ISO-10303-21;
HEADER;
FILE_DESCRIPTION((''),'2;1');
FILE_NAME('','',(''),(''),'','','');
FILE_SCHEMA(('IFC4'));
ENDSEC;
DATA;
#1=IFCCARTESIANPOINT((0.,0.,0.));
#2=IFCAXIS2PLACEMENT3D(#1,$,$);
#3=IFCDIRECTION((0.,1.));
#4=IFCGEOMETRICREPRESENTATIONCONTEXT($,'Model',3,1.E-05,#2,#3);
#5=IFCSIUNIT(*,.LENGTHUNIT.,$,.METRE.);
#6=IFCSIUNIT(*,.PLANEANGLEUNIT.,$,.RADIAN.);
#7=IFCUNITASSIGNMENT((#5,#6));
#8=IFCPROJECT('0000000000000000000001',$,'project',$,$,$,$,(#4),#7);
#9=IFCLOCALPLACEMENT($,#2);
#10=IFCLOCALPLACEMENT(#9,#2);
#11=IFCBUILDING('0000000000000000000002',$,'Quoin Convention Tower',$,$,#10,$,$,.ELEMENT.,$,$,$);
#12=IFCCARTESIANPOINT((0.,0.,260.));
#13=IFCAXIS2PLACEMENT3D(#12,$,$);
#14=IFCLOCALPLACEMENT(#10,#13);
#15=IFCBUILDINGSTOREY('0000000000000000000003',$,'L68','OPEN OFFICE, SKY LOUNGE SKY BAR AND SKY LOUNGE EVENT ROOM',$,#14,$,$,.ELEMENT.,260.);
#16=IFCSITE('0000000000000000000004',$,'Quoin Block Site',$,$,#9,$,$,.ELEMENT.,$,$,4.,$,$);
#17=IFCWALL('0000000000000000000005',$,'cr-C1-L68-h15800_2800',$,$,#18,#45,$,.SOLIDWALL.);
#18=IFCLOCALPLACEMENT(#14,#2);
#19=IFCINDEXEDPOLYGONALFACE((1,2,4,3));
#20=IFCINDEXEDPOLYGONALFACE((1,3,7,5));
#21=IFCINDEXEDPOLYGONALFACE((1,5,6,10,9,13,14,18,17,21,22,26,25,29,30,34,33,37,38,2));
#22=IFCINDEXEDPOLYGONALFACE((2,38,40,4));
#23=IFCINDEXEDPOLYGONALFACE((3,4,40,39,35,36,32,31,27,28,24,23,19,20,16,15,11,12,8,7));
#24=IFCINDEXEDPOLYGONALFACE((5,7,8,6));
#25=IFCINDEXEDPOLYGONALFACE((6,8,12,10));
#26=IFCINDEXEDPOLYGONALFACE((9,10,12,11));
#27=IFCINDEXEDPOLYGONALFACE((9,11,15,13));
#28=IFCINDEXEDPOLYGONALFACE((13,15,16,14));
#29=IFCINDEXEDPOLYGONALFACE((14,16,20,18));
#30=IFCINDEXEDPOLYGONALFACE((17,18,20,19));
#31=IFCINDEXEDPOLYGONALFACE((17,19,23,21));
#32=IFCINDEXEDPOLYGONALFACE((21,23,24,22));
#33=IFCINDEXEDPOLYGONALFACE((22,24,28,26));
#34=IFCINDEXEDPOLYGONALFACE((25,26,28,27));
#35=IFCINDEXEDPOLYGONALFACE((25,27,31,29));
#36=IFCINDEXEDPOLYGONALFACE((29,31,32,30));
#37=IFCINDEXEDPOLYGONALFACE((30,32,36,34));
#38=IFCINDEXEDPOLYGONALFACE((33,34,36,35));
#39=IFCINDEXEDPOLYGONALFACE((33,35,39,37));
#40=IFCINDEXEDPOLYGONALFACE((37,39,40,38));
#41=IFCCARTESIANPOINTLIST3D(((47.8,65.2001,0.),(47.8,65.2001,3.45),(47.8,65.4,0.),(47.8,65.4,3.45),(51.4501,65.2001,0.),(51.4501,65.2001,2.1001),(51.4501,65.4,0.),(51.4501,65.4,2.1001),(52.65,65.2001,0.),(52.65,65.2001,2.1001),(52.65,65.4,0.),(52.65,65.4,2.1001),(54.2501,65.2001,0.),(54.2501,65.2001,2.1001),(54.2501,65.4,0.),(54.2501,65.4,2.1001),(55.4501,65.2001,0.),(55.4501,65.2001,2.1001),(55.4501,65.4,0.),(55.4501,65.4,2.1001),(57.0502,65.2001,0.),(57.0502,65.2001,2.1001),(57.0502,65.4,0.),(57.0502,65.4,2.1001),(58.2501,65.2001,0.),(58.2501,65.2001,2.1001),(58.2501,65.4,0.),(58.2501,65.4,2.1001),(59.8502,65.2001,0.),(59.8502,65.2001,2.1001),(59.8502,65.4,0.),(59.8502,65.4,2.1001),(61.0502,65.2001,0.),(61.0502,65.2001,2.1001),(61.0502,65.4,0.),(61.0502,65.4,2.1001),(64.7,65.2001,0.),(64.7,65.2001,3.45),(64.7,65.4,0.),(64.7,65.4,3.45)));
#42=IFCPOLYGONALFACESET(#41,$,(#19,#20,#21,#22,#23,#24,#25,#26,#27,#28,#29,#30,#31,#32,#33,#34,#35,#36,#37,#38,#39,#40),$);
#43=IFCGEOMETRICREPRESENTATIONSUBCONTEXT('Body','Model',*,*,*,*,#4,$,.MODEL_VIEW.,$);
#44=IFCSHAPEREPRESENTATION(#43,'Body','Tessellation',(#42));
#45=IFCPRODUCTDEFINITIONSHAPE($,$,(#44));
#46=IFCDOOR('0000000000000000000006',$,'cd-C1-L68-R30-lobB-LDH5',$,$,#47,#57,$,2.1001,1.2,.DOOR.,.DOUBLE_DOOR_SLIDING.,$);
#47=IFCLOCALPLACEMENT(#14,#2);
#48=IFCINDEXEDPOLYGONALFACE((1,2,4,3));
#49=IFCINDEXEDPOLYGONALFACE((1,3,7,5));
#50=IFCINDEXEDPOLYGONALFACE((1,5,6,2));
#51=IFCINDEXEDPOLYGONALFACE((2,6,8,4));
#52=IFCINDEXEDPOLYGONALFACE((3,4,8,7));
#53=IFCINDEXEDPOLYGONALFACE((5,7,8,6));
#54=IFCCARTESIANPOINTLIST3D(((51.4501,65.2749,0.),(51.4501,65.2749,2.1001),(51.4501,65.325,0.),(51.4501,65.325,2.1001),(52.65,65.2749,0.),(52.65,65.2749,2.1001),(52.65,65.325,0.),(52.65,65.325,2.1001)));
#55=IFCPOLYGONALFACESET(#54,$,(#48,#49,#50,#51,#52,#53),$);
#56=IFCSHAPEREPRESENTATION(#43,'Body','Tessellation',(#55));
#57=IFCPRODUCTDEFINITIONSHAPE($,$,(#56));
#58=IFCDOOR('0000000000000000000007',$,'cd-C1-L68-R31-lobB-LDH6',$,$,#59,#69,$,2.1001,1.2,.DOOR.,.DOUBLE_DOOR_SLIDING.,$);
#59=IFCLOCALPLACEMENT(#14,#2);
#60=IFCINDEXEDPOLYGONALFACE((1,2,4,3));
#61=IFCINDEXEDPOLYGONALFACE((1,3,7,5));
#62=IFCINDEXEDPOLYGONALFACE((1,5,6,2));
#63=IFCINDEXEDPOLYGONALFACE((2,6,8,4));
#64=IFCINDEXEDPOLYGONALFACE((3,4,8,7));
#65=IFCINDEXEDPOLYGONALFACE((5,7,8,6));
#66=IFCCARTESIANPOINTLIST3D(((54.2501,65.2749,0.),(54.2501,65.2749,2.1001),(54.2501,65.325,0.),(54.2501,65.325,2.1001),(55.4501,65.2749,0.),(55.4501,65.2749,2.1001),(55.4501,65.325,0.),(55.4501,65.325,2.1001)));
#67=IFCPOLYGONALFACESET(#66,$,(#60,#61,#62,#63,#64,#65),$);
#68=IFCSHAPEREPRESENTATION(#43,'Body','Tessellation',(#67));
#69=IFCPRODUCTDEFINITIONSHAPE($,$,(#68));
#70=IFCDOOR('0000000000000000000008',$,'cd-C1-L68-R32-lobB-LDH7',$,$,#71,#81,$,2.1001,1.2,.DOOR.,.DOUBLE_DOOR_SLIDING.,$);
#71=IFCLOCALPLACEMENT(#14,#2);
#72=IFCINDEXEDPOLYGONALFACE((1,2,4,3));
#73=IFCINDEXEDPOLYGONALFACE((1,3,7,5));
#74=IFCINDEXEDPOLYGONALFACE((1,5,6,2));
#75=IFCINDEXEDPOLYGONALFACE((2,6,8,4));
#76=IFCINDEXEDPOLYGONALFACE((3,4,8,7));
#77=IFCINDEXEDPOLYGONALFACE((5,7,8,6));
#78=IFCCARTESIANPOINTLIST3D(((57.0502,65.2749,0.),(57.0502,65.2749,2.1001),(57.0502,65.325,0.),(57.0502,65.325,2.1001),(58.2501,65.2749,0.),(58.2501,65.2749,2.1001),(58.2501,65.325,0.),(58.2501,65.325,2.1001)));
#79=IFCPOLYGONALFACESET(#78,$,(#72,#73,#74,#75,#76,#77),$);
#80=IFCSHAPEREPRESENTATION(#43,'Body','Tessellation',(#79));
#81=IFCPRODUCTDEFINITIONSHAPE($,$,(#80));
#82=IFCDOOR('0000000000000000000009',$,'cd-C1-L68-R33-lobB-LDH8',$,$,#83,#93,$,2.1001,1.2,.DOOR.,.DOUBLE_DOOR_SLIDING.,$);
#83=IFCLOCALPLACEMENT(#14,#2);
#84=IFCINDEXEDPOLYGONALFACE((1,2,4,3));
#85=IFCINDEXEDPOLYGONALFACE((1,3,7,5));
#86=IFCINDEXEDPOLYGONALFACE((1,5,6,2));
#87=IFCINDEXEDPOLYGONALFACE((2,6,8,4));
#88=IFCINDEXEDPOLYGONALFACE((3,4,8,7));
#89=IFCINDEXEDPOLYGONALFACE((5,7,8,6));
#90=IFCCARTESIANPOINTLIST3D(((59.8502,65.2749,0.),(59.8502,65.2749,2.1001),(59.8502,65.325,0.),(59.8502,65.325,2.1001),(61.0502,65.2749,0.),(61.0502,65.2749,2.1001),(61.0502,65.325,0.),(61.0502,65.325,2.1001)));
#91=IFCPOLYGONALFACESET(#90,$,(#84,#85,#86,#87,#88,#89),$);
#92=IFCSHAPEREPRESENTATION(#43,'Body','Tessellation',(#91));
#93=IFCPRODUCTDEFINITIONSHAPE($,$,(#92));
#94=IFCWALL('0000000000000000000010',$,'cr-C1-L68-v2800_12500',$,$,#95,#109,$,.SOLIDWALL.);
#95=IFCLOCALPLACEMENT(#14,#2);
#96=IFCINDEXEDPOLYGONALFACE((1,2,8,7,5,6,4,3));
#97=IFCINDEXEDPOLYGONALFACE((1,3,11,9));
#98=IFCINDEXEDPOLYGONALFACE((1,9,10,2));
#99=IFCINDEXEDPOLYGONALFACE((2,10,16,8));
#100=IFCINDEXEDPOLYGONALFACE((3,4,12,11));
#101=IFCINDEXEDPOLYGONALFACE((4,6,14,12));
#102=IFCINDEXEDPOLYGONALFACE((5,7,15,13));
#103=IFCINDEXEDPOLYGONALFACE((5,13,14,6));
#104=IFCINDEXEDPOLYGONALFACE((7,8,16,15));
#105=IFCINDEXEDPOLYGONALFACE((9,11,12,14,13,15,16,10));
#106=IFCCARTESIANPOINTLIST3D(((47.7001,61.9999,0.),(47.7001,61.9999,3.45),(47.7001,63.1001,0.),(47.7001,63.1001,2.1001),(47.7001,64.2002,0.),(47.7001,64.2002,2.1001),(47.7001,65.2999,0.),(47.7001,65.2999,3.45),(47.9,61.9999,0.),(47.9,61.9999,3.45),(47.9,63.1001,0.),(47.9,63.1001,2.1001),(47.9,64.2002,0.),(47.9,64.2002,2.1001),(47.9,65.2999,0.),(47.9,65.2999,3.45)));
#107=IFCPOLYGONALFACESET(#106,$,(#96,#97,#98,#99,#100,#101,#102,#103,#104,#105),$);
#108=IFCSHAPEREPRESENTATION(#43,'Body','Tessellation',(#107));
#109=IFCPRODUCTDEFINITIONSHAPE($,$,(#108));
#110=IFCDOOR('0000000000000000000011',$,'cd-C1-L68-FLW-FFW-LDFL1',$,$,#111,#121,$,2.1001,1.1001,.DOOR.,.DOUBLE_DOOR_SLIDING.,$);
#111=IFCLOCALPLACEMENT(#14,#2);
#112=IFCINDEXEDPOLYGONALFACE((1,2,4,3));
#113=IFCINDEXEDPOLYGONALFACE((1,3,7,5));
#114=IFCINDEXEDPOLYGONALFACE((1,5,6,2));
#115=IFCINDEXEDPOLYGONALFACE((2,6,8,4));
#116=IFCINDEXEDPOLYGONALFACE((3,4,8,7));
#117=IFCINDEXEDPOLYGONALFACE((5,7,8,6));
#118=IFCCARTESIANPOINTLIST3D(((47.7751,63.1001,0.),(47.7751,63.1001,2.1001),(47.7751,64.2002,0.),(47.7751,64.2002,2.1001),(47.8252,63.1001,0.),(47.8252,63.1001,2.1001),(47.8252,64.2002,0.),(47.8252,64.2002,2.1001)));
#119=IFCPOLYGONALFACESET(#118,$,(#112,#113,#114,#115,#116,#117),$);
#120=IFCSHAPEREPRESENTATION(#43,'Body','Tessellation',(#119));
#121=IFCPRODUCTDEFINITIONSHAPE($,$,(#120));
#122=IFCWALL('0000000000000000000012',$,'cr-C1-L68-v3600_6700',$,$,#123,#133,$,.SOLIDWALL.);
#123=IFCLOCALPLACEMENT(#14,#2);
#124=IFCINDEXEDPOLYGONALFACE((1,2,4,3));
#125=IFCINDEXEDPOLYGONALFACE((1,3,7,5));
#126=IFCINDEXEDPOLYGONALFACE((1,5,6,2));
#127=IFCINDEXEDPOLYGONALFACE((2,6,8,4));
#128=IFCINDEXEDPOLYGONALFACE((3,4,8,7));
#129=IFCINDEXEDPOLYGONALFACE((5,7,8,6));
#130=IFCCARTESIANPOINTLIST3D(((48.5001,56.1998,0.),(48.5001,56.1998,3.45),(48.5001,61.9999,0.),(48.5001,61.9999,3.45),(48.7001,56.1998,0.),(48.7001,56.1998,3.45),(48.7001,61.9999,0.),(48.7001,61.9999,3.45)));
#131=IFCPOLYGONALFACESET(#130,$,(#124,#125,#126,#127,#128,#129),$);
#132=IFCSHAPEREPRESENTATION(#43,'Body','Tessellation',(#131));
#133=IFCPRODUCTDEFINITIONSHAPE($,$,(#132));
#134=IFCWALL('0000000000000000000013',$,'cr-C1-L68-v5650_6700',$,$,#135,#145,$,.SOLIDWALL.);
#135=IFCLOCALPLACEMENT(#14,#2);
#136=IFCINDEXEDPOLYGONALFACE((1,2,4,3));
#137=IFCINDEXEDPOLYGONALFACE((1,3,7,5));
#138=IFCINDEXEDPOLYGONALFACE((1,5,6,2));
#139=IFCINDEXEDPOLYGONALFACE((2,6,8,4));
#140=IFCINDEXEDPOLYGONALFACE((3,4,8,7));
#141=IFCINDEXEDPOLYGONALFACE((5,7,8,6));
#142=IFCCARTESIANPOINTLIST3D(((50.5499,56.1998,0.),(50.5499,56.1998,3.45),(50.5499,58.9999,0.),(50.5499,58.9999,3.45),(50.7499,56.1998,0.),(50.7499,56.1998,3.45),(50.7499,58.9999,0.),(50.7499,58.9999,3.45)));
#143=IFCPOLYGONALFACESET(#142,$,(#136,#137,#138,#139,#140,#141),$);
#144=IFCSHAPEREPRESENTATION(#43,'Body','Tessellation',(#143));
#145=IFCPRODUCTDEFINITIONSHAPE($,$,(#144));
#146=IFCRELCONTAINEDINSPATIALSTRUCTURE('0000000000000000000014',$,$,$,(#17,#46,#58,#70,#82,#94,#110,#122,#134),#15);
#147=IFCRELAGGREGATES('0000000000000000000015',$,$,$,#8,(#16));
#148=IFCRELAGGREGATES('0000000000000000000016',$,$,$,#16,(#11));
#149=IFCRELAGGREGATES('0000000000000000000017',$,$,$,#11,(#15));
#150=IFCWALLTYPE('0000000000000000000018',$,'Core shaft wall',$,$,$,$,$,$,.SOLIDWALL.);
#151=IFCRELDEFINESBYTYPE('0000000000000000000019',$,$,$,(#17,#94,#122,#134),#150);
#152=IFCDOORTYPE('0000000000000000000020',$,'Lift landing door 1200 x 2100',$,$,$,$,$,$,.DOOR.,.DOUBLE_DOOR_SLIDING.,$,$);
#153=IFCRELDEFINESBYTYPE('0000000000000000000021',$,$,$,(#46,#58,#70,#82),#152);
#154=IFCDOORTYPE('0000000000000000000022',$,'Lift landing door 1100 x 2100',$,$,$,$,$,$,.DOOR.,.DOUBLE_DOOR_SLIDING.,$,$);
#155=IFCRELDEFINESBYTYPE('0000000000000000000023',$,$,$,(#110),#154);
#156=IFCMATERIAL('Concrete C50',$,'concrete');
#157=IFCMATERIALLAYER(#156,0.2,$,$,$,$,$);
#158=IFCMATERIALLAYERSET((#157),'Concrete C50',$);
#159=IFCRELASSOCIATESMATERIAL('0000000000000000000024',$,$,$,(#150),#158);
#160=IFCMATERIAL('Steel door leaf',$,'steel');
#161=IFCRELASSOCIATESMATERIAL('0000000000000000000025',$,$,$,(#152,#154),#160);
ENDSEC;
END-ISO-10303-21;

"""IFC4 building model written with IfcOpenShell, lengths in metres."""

from ifc_helpers import new_model, si_unit, direction, frame, frame_2d, origin, place, context, subcontext, project, spatial, rectangle, extrude, material, layer, layer_set, type_object, element, fill, save


model = new_model("IFC4")

# Units and contexts
model_context = context("Model", 3, precision=1e-05, world=origin(), true_north=direction((0.0, 1.0)))
body_context = subcontext(model_context, "Body", "Model", "MODEL_VIEW")
ifc_project = project(units=[si_unit("LENGTHUNIT", "METRE"), si_unit("PLANEANGLEUNIT", "RADIAN")], contexts=[model_context])

# Site, building, storey
site_placement = place(None, origin())
site = spatial("IfcSite", under=ifc_project, at=site_placement, Name="Quoin Block Site", CompositionType="ELEMENT", RefElevation=4.0)
building_placement = place(site_placement, origin())
building = spatial("IfcBuilding", under=site, at=building_placement, Name="Quoin Convention Tower", CompositionType="ELEMENT")
storey_placement = place(building_placement, frame((0.0, 0.0, 260.0)))
storey = spatial("IfcBuildingStorey", under=building, at=storey_placement, Name="L68", Description="OPEN OFFICE, SKY LOUNGE SKY BAR AND SKY LOUNGE EVENT ROOM", CompositionType="ELEMENT", Elevation=260.0)

# Wall, openings, doors
ifc_material_1 = material(Name="Concrete C50", Category="concrete")
ifc_layer_1 = layer(ifc_material_1, 0.2)
ifc_layer_set_1 = layer_set([ifc_layer_1], Name="Concrete C50")
wall_type_1 = type_object("IfcWallType", Name="Core shaft wall", PredefinedType="SOLIDWALL", material=ifc_layer_set_1)
ifc_material_2 = material(Name="Steel door leaf", Category="steel")
door_type_1 = type_object("IfcDoorType", Name="Lift landing door 1200 x 2100", OperationType="DOUBLE_DOOR_SLIDING", PredefinedType="DOOR", material=ifc_material_2)
wall_1_placement = place(storey_placement, frame((47.8, 65.3, 0.0), z_axis=(0.0, 0.0, 1.0), x_axis=(1.0, 0.0, 0.0)))
wall_1 = element("IfcWall", 1, at=wall_1_placement, inside=storey, type_object=wall_type_1, Name="cr-C1-L68-h15800_2800", PredefinedType="SOLIDWALL", context=body_context, shape_type="SweptSolid", body=[
    extrude(rectangle(XDim=16.8999, YDim=0.2, at=frame_2d((8.45, 0.0))), origin(), (0.0, 0.0, 1.0), 3.45),
])
opening_1_placement = place(wall_1_placement, frame((3.6499, 0.0, 0.0)))
opening_1 = element("IfcOpeningElement", 2, at=opening_1_placement, cuts=wall_1, PredefinedType="OPENING", context=body_context, shape_type="SweptSolid", body=[
    extrude(rectangle(XDim=1.2, YDim=2.1001, at=frame_2d((0.6001, 1.05))), frame((0.0, 0.1099, 0.0), z_axis=(0.0, -1.0, 0.0), x_axis=(1.0, 0.0, 0.0)), (0.0, 0.0, 1.0), 0.22),
])
opening_2_placement = place(wall_1_placement, frame((6.45, 0.0, 0.0)))
opening_2 = element("IfcOpeningElement", 3, at=opening_2_placement, cuts=wall_1, PredefinedType="OPENING", context=body_context, shape_type="SweptSolid", body=[
    extrude(rectangle(XDim=1.2, YDim=2.1001, at=frame_2d((0.6001, 1.05))), frame((0.0, 0.1099, 0.0), z_axis=(0.0, -1.0, 0.0), x_axis=(1.0, 0.0, 0.0)), (0.0, 0.0, 1.0), 0.22),
])
opening_3_placement = place(wall_1_placement, frame((9.25, 0.0, 0.0)))
opening_3 = element("IfcOpeningElement", 4, at=opening_3_placement, cuts=wall_1, PredefinedType="OPENING", context=body_context, shape_type="SweptSolid", body=[
    extrude(rectangle(XDim=1.2, YDim=2.1001, at=frame_2d((0.6001, 1.05))), frame((0.0, 0.1099, 0.0), z_axis=(0.0, -1.0, 0.0), x_axis=(1.0, 0.0, 0.0)), (0.0, 0.0, 1.0), 0.22),
])
opening_4_placement = place(wall_1_placement, frame((12.05, 0.0, 0.0)))
opening_4 = element("IfcOpeningElement", 5, at=opening_4_placement, cuts=wall_1, PredefinedType="OPENING", context=body_context, shape_type="SweptSolid", body=[
    extrude(rectangle(XDim=1.2, YDim=2.1001, at=frame_2d((0.6001, 1.05))), frame((0.0, 0.1099, 0.0), z_axis=(0.0, -1.0, 0.0), x_axis=(1.0, 0.0, 0.0)), (0.0, 0.0, 1.0), 0.22),
])
door_1_placement = place(opening_1_placement, origin())
door_1 = element("IfcDoor", 6, at=door_1_placement, inside=storey, type_object=door_type_1, Name="cd-C1-L68-R30-lobB-LDH5", OperationType="DOUBLE_DOOR_SLIDING", OverallHeight=2.1001, OverallWidth=1.2, PredefinedType="DOOR", context=body_context, shape_type="SweptSolid", body=[
    extrude(rectangle(XDim=1.2, YDim=2.1001, at=frame_2d((0.6001, 1.05))), frame((0.0, 0.0249, 0.0), z_axis=(0.0, -1.0, 0.0), x_axis=(1.0, 0.0, 0.0)), (0.0, 0.0, 1.0), 0.05),
])
fill(opening_1, door_1)
door_2_placement = place(opening_2_placement, origin())
door_2 = element("IfcDoor", 7, at=door_2_placement, inside=storey, type_object=door_type_1, Name="cd-C1-L68-R31-lobB-LDH6", OperationType="DOUBLE_DOOR_SLIDING", OverallHeight=2.1001, OverallWidth=1.2, PredefinedType="DOOR", context=body_context, shape_type="SweptSolid", body=[
    extrude(rectangle(XDim=1.2, YDim=2.1001, at=frame_2d((0.6001, 1.05))), frame((0.0, 0.0249, 0.0), z_axis=(0.0, -1.0, 0.0), x_axis=(1.0, 0.0, 0.0)), (0.0, 0.0, 1.0), 0.05),
])
fill(opening_2, door_2)
door_3_placement = place(opening_3_placement, origin())
door_3 = element("IfcDoor", 8, at=door_3_placement, inside=storey, type_object=door_type_1, Name="cd-C1-L68-R32-lobB-LDH7", OperationType="DOUBLE_DOOR_SLIDING", OverallHeight=2.1001, OverallWidth=1.2, PredefinedType="DOOR", context=body_context, shape_type="SweptSolid", body=[
    extrude(rectangle(XDim=1.2, YDim=2.1001, at=frame_2d((0.6001, 1.05))), frame((0.0, 0.0249, 0.0), z_axis=(0.0, -1.0, 0.0), x_axis=(1.0, 0.0, 0.0)), (0.0, 0.0, 1.0), 0.05),
])
fill(opening_3, door_3)
door_4_placement = place(opening_4_placement, origin())
door_4 = element("IfcDoor", 9, at=door_4_placement, inside=storey, type_object=door_type_1, Name="cd-C1-L68-R33-lobB-LDH8", OperationType="DOUBLE_DOOR_SLIDING", OverallHeight=2.1001, OverallWidth=1.2, PredefinedType="DOOR", context=body_context, shape_type="SweptSolid", body=[
    extrude(rectangle(XDim=1.2, YDim=2.1001, at=frame_2d((0.6001, 1.05))), frame((0.0, 0.0249, 0.0), z_axis=(0.0, -1.0, 0.0), x_axis=(1.0, 0.0, 0.0)), (0.0, 0.0, 1.0), 0.05),
])
fill(opening_4, door_4)

# Wall, opening, door
wall_2_placement = place(storey_placement, frame((47.8, 62.0, 0.0), z_axis=(0.0, 0.0, 1.0), x_axis=(0.0, 1.0, 0.0)))
wall_2 = element("IfcWall", 10, at=wall_2_placement, inside=storey, type_object=wall_type_1, Name="cr-C1-L68-v2800_12500", PredefinedType="SOLIDWALL", context=body_context, shape_type="SweptSolid", body=[
    extrude(rectangle(XDim=3.3, YDim=0.2, at=frame_2d((1.6499, 0.0))), origin(), (0.0, 0.0, 1.0), 3.45),
])
opening_5_placement = place(wall_2_placement, frame((1.1001, 0.0, 0.0)))
opening_5 = element("IfcOpeningElement", 11, at=opening_5_placement, cuts=wall_2, PredefinedType="OPENING", context=body_context, shape_type="SweptSolid", body=[
    extrude(rectangle(XDim=1.1001, YDim=2.1001, at=frame_2d((0.55, 1.05))), frame((0.0, 0.1099, 0.0), z_axis=(0.0, -1.0, 0.0), x_axis=(1.0, 0.0, 0.0)), (0.0, 0.0, 1.0), 0.22),
])
door_type_2 = type_object("IfcDoorType", Name="Lift landing door 1100 x 2100", OperationType="DOUBLE_DOOR_SLIDING", PredefinedType="DOOR", material=ifc_material_2)
door_5_placement = place(opening_5_placement, origin())
door_5 = element("IfcDoor", 12, at=door_5_placement, inside=storey, type_object=door_type_2, Name="cd-C1-L68-FLW-FFW-LDFL1", OperationType="DOUBLE_DOOR_SLIDING", OverallHeight=2.1001, OverallWidth=1.1001, PredefinedType="DOOR", context=body_context, shape_type="SweptSolid", body=[
    extrude(rectangle(XDim=1.1001, YDim=2.1001, at=frame_2d((0.55, 1.05))), frame((0.0, 0.0249, 0.0), z_axis=(0.0, -1.0, 0.0), x_axis=(1.0, 0.0, 0.0)), (0.0, 0.0, 1.0), 0.05),
])
fill(opening_5, door_5)

# Walls
wall_3_placement = place(storey_placement, frame((48.6001, 56.2, 0.0), z_axis=(0.0, 0.0, 1.0), x_axis=(0.0, 1.0, 0.0)))
element("IfcWall", 13, at=wall_3_placement, inside=storey, type_object=wall_type_1, Name="cr-C1-L68-v3600_6700", PredefinedType="SOLIDWALL", context=body_context, shape_type="SweptSolid", body=[
    extrude(rectangle(XDim=5.8, YDim=0.2, at=frame_2d((2.8999, 0.0))), origin(), (0.0, 0.0, 1.0), 3.45),
])
wall_4_placement = place(storey_placement, frame((50.6499, 56.2, 0.0), z_axis=(0.0, 0.0, 1.0), x_axis=(0.0, 1.0, 0.0)))
element("IfcWall", 14, at=wall_4_placement, inside=storey, type_object=wall_type_1, Name="cr-C1-L68-v5650_6700", PredefinedType="SOLIDWALL", context=body_context, shape_type="SweptSolid", body=[
    extrude(rectangle(XDim=2.8, YDim=0.2, at=frame_2d((1.3999, 0.0))), origin(), (0.0, 0.0, 1.0), 3.45),
])

save(model, "model.ifc")
